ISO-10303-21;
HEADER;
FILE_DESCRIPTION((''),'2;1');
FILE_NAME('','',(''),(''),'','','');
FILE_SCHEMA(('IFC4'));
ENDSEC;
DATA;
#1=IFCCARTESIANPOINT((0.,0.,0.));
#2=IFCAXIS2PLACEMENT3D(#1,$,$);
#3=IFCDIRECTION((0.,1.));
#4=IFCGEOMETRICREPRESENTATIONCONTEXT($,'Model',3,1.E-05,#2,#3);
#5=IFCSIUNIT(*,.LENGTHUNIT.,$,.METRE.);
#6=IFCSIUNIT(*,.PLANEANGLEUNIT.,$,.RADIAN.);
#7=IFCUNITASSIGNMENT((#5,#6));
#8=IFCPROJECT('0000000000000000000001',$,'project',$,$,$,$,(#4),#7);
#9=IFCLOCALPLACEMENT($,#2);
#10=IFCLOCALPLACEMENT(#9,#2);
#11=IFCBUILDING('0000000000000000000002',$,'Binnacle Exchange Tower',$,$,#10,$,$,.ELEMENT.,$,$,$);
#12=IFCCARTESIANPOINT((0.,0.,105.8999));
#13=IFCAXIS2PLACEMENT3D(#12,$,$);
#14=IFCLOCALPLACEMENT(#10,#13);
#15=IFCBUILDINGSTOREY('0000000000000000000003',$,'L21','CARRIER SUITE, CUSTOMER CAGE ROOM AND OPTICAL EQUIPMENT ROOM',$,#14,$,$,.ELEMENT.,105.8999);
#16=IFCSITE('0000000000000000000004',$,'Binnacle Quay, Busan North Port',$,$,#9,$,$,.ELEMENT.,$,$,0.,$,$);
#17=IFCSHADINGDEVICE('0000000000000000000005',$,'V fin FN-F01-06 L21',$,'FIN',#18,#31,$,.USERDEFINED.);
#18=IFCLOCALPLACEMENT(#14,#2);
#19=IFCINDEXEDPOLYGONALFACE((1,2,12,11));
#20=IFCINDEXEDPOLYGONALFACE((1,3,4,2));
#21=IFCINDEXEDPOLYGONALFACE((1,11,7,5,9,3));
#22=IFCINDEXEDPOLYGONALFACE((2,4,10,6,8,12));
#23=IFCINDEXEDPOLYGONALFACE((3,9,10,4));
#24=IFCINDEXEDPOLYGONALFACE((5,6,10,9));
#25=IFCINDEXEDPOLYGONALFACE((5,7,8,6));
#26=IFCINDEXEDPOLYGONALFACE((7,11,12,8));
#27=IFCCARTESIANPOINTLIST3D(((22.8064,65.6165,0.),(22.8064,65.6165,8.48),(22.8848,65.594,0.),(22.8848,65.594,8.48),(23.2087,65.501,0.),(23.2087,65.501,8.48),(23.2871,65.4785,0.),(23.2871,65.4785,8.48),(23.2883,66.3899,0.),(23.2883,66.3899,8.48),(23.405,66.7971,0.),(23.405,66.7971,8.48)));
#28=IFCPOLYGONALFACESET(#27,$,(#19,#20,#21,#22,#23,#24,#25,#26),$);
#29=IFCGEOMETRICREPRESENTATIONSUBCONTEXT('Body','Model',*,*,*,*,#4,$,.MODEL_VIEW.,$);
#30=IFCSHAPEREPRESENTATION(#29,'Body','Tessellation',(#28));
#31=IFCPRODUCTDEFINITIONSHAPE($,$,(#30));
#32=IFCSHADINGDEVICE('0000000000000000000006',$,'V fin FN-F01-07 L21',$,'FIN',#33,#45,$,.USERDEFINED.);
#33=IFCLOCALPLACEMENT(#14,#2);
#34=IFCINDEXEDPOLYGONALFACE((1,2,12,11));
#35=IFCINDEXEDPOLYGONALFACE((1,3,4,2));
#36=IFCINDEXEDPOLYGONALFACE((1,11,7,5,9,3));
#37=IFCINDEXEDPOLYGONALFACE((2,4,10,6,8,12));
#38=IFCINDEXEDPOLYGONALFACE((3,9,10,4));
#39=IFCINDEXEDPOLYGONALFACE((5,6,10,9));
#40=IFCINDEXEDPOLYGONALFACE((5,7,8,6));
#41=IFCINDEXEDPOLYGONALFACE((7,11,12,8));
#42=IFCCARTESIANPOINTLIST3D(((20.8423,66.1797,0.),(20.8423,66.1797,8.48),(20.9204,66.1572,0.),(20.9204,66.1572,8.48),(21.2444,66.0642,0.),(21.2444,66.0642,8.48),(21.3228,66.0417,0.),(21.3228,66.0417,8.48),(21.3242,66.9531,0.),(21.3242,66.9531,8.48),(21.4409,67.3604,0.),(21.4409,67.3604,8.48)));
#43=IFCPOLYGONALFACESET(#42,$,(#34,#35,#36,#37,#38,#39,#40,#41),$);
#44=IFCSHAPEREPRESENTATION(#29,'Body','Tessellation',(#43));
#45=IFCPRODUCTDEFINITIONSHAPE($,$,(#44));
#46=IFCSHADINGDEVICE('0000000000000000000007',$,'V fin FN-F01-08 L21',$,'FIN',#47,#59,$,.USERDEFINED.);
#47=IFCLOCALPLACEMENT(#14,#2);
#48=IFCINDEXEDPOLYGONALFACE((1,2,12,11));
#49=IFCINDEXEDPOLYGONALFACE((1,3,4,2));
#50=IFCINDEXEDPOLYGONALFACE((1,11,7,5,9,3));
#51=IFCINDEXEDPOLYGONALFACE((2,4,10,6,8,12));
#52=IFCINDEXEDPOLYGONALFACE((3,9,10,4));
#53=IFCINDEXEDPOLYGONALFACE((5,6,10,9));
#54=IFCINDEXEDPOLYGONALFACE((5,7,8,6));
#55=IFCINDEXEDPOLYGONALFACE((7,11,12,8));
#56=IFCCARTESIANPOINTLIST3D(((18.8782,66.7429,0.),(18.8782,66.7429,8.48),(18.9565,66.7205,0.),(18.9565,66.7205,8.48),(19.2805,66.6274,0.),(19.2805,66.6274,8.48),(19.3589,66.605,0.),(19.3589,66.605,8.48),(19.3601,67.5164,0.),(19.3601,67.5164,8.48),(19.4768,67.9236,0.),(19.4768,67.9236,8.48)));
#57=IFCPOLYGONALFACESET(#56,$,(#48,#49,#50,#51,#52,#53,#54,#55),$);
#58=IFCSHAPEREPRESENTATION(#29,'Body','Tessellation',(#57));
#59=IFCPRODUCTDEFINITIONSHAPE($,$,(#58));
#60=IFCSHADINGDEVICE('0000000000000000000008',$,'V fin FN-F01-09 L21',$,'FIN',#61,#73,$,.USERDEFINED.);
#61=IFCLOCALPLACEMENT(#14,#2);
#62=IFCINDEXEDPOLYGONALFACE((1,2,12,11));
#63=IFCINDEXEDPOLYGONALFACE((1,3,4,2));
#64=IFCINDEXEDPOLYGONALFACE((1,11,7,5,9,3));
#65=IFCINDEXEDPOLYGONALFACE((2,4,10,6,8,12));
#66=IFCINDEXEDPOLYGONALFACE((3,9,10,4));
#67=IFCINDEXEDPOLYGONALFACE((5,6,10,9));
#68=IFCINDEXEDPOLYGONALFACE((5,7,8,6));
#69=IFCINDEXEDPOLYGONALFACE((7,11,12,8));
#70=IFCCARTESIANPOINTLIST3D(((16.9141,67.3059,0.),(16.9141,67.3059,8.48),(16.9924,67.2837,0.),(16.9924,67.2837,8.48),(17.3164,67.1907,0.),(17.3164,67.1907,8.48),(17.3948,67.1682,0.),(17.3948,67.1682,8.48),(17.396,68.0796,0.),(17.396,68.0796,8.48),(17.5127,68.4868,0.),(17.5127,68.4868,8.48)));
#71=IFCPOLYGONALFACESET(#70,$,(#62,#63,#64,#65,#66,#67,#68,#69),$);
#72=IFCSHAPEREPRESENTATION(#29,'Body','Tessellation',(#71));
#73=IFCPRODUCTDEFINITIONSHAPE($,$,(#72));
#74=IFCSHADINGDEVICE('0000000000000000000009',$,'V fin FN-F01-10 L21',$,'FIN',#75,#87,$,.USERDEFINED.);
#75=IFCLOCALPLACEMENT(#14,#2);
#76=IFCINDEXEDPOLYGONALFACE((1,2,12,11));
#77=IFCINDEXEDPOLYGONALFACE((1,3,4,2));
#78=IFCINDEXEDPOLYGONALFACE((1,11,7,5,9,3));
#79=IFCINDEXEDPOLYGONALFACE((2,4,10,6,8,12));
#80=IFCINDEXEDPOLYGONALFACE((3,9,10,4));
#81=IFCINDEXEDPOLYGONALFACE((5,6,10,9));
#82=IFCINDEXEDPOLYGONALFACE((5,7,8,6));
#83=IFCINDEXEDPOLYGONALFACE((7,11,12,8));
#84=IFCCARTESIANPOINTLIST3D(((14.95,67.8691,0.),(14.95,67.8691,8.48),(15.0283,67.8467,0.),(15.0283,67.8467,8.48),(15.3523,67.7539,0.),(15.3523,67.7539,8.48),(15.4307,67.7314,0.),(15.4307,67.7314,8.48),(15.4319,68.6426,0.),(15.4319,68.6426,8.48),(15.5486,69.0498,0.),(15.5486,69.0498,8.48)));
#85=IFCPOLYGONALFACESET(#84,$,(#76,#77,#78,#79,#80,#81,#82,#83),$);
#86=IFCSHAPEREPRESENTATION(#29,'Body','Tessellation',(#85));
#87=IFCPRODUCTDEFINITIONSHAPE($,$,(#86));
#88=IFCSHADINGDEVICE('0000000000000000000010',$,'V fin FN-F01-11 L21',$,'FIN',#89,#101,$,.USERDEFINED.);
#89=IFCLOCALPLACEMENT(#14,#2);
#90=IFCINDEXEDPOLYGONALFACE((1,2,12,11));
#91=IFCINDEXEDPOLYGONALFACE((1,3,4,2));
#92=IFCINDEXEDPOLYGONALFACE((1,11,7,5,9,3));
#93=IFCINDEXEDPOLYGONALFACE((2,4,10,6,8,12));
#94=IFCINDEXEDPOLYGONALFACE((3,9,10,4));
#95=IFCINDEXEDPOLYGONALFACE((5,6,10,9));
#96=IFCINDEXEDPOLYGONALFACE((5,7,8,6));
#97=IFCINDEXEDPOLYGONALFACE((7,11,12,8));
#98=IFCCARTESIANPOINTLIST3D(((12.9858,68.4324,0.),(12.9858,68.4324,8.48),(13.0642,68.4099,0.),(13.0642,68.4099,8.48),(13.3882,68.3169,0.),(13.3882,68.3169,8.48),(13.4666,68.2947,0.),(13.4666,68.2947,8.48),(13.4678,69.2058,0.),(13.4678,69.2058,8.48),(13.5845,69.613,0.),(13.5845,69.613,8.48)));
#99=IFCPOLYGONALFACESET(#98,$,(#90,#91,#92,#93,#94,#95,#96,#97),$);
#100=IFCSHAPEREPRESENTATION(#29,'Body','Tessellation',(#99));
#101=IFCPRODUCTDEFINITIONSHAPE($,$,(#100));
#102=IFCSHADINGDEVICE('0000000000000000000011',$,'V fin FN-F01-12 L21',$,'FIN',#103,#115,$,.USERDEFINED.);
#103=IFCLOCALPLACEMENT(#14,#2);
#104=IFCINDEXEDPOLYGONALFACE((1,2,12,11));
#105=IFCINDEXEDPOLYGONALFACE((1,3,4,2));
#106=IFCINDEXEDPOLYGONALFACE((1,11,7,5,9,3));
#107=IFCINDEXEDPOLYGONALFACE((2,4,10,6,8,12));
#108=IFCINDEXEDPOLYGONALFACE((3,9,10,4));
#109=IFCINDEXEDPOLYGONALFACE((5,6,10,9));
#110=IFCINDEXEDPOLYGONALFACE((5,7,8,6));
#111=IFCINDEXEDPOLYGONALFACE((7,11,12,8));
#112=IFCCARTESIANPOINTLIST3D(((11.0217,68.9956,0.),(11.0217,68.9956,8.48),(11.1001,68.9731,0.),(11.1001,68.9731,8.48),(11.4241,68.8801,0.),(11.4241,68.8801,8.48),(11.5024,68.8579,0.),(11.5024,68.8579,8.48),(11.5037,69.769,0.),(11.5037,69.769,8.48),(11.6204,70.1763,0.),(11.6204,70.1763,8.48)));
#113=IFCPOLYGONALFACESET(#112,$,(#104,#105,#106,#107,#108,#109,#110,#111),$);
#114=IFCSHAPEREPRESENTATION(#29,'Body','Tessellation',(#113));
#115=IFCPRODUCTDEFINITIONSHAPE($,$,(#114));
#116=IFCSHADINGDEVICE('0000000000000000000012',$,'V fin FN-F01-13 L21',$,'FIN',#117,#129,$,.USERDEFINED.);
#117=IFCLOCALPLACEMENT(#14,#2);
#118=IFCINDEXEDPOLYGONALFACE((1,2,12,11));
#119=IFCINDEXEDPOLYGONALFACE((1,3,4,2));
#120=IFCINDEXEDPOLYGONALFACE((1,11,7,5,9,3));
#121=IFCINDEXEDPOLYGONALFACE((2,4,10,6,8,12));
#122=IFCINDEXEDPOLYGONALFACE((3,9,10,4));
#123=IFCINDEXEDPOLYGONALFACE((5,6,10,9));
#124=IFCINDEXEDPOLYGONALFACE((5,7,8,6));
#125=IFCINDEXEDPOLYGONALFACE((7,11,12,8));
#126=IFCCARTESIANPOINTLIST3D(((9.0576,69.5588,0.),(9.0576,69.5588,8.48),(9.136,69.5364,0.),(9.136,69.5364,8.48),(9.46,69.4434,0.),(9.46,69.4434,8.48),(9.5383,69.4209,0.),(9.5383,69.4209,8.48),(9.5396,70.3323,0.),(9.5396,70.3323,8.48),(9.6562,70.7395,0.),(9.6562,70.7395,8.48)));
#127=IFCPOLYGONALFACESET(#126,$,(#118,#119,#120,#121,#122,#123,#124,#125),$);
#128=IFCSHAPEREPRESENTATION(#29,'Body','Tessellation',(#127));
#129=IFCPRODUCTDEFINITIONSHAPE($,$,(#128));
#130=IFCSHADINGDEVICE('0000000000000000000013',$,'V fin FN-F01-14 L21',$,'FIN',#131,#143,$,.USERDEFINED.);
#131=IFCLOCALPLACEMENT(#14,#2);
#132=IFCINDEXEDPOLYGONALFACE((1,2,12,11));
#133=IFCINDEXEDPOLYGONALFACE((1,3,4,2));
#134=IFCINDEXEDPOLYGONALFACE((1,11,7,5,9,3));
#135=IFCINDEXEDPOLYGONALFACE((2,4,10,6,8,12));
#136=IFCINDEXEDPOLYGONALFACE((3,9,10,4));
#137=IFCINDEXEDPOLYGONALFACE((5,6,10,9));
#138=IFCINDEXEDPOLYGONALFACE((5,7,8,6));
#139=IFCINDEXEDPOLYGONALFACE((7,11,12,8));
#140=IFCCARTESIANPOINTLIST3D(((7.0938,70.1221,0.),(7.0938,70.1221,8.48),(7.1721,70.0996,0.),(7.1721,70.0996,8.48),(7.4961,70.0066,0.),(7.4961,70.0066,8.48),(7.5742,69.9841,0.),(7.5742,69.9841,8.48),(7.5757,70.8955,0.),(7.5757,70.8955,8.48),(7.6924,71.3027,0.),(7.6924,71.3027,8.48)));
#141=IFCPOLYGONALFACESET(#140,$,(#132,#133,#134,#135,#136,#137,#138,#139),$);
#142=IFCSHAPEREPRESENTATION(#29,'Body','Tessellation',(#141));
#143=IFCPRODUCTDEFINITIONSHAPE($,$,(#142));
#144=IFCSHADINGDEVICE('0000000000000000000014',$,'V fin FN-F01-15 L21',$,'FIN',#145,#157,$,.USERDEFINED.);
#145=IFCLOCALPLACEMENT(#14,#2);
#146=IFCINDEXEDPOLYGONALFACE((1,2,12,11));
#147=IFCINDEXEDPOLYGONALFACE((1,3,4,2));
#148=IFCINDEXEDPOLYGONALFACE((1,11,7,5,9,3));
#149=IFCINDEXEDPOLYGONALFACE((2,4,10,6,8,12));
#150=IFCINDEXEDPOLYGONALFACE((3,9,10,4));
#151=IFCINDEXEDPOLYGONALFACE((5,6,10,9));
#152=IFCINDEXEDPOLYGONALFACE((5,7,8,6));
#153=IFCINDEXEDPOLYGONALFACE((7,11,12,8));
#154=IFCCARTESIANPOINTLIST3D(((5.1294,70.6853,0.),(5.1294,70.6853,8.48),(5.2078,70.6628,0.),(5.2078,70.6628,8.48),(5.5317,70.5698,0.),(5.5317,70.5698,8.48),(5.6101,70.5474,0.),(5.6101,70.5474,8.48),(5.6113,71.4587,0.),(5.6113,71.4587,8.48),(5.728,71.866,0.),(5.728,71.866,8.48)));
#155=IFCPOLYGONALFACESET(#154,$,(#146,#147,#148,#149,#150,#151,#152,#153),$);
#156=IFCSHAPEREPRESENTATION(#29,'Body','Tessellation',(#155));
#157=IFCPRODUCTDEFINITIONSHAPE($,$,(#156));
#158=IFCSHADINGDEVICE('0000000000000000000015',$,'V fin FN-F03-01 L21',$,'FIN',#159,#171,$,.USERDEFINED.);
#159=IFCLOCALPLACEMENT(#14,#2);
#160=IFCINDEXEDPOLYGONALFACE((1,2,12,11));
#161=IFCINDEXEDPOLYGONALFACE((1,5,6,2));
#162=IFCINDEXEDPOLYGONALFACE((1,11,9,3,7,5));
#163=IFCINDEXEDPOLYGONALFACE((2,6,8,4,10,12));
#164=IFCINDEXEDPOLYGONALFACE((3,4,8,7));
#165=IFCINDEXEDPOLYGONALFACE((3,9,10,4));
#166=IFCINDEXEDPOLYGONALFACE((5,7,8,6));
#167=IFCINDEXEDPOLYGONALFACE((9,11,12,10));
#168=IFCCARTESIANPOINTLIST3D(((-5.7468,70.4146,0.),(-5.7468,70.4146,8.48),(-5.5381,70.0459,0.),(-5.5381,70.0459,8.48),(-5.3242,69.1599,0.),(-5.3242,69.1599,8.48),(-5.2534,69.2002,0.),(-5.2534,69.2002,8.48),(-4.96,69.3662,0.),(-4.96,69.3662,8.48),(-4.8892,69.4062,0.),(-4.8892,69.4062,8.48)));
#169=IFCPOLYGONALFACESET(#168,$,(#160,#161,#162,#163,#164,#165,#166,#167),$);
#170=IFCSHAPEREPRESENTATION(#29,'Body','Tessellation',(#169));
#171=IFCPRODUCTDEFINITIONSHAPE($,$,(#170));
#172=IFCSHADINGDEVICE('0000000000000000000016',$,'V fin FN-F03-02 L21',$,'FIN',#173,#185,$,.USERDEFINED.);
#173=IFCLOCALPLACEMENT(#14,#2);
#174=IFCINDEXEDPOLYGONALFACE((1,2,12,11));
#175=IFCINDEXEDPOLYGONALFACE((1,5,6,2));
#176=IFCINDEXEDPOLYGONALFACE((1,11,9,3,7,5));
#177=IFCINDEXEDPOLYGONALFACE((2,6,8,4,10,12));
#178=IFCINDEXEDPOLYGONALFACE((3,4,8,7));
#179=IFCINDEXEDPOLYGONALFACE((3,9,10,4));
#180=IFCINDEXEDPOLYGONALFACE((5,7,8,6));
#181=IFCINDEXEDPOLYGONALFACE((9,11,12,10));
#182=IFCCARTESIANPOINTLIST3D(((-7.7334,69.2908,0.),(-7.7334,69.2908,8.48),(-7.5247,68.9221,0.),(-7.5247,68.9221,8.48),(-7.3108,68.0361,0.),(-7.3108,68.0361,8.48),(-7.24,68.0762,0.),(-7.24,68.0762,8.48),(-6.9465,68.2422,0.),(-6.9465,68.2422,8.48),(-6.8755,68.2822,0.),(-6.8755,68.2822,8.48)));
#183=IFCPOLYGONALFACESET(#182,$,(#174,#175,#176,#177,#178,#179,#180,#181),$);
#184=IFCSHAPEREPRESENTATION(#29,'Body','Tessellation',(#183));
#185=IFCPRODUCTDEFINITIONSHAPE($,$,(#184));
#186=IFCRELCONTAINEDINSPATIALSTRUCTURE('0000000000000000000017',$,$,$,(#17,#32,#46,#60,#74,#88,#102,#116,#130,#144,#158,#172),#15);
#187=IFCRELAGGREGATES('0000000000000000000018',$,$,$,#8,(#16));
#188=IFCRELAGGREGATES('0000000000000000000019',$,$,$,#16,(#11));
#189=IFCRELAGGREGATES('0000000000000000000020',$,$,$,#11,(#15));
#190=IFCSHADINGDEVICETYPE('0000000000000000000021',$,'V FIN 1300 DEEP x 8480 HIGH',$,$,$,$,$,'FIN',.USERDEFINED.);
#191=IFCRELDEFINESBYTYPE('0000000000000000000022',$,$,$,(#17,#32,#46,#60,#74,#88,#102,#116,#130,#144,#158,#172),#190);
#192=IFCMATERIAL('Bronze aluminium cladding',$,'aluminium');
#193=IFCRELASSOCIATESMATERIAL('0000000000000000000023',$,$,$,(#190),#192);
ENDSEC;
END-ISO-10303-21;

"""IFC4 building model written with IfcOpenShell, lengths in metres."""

from ifc_helpers import new_model, si_unit, direction, frame, origin, place, context, subcontext, project, spatial, polyline, outline, extrude, material, type_object, element, save


model = new_model("IFC4")

# Units and contexts
model_context = context("Model", 3, precision=1e-05, world=origin(), true_north=direction((0.0, 1.0)))
body_context = subcontext(model_context, "Body", "Model", "MODEL_VIEW")
ifc_project = project(units=[si_unit("LENGTHUNIT", "METRE"), si_unit("PLANEANGLEUNIT", "RADIAN")], contexts=[model_context])

# Site, building, storey
site_placement = place(None, origin())
site = spatial("IfcSite", under=ifc_project, at=site_placement, Name="Binnacle Quay, Busan North Port", CompositionType="ELEMENT", RefElevation=0.0)
building_placement = place(site_placement, origin())
building = spatial("IfcBuilding", under=site, at=building_placement, Name="Binnacle Exchange Tower", CompositionType="ELEMENT")
storey_placement = place(building_placement, frame((0.0, 0.0, 105.8999)))
storey = spatial("IfcBuildingStorey", under=building, at=storey_placement, Name="L21", Description="CARRIER SUITE, CUSTOMER CAGE ROOM AND OPTICAL EQUIPMENT ROOM", CompositionType="ELEMENT", Elevation=105.8999)

# Shading devices
ifc_material_1 = material(Name="Bronze aluminium cladding", Category="aluminium")
shading_device_type = type_object("IfcShadingDeviceType", Name="V FIN 1300 DEEP x 8480 HIGH", ElementType="FIN", PredefinedType="USERDEFINED", material=ifc_material_1)
shading_device_1_placement = place(storey_placement, origin())
element("IfcShadingDevice", 1, at=shading_device_1_placement, inside=storey, type_object=shading_device_type, Name="V fin FN-F01-06 L21", ObjectType="FIN", PredefinedType="USERDEFINED", context=body_context, shape_type="SweptSolid", body=[
    extrude(outline(polyline([(23.2871, 65.4785), (23.405, 66.7971), (22.8064, 65.6165), (22.8848, 65.594), (23.2883, 66.3899), (23.2087, 65.501), (23.2871, 65.4785)])), origin(), (0.0, 0.0, 1.0), 8.48),
])
shading_device_2_placement = place(storey_placement, origin())
element("IfcShadingDevice", 2, at=shading_device_2_placement, inside=storey, type_object=shading_device_type, Name="V fin FN-F01-07 L21", ObjectType="FIN", PredefinedType="USERDEFINED", context=body_context, shape_type="SweptSolid", body=[
    extrude(outline(polyline([(21.3228, 66.0417), (21.4409, 67.3604), (20.8423, 66.1797), (20.9204, 66.1572), (21.3242, 66.9531), (21.2444, 66.0642), (21.3228, 66.0417)])), origin(), (0.0, 0.0, 1.0), 8.48),
])
shading_device_3_placement = place(storey_placement, origin())
element("IfcShadingDevice", 3, at=shading_device_3_placement, inside=storey, type_object=shading_device_type, Name="V fin FN-F01-08 L21", ObjectType="FIN", PredefinedType="USERDEFINED", context=body_context, shape_type="SweptSolid", body=[
    extrude(outline(polyline([(19.3589, 66.605), (19.4768, 67.9236), (18.8782, 66.7429), (18.9565, 66.7205), (19.3601, 67.5164), (19.2805, 66.6274), (19.3589, 66.605)])), origin(), (0.0, 0.0, 1.0), 8.48),
])
shading_device_4_placement = place(storey_placement, origin())
element("IfcShadingDevice", 4, at=shading_device_4_placement, inside=storey, type_object=shading_device_type, Name="V fin FN-F01-09 L21", ObjectType="FIN", PredefinedType="USERDEFINED", context=body_context, shape_type="SweptSolid", body=[
    extrude(outline(polyline([(17.3948, 67.1682), (17.5127, 68.4868), (16.9141, 67.3059), (16.9924, 67.2837), (17.396, 68.0796), (17.3164, 67.1907), (17.3948, 67.1682)])), origin(), (0.0, 0.0, 1.0), 8.48),
])
shading_device_5_placement = place(storey_placement, origin())
element("IfcShadingDevice", 5, at=shading_device_5_placement, inside=storey, type_object=shading_device_type, Name="V fin FN-F01-10 L21", ObjectType="FIN", PredefinedType="USERDEFINED", context=body_context, shape_type="SweptSolid", body=[
    extrude(outline(polyline([(15.4307, 67.7314), (15.5486, 69.0498), (14.95, 67.8691), (15.0283, 67.8467), (15.4319, 68.6426), (15.3523, 67.7539), (15.4307, 67.7314)])), origin(), (0.0, 0.0, 1.0), 8.48),
])
shading_device_6_placement = place(storey_placement, origin())
element("IfcShadingDevice", 6, at=shading_device_6_placement, inside=storey, type_object=shading_device_type, Name="V fin FN-F01-11 L21", ObjectType="FIN", PredefinedType="USERDEFINED", context=body_context, shape_type="SweptSolid", body=[
    extrude(outline(polyline([(13.4666, 68.2947), (13.5845, 69.613), (12.9858, 68.4324), (13.0642, 68.4099), (13.4678, 69.2058), (13.3882, 68.3169), (13.4666, 68.2947)])), origin(), (0.0, 0.0, 1.0), 8.48),
])
shading_device_7_placement = place(storey_placement, origin())
element("IfcShadingDevice", 7, at=shading_device_7_placement, inside=storey, type_object=shading_device_type, Name="V fin FN-F01-12 L21", ObjectType="FIN", PredefinedType="USERDEFINED", context=body_context, shape_type="SweptSolid", body=[
    extrude(outline(polyline([(11.5024, 68.8579), (11.6204, 70.1763), (11.0217, 68.9956), (11.1001, 68.9731), (11.5037, 69.769), (11.4241, 68.8801), (11.5024, 68.8579)])), origin(), (0.0, 0.0, 1.0), 8.48),
])
shading_device_8_placement = place(storey_placement, origin())
element("IfcShadingDevice", 8, at=shading_device_8_placement, inside=storey, type_object=shading_device_type, Name="V fin FN-F01-13 L21", ObjectType="FIN", PredefinedType="USERDEFINED", context=body_context, shape_type="SweptSolid", body=[
    extrude(outline(polyline([(9.5383, 69.4209), (9.6562, 70.7395), (9.0576, 69.5588), (9.136, 69.5364), (9.5396, 70.3323), (9.46, 69.4434), (9.5383, 69.4209)])), origin(), (0.0, 0.0, 1.0), 8.48),
])
shading_device_9_placement = place(storey_placement, origin())
element("IfcShadingDevice", 9, at=shading_device_9_placement, inside=storey, type_object=shading_device_type, Name="V fin FN-F01-14 L21", ObjectType="FIN", PredefinedType="USERDEFINED", context=body_context, shape_type="SweptSolid", body=[
    extrude(outline(polyline([(7.5742, 69.9841), (7.6924, 71.3027), (7.0938, 70.1221), (7.1721, 70.0996), (7.5757, 70.8955), (7.4961, 70.0066), (7.5742, 69.9841)])), origin(), (0.0, 0.0, 1.0), 8.48),
])
shading_device_10_placement = place(storey_placement, origin())
element("IfcShadingDevice", 10, at=shading_device_10_placement, inside=storey, type_object=shading_device_type, Name="V fin FN-F01-15 L21", ObjectType="FIN", PredefinedType="USERDEFINED", context=body_context, shape_type="SweptSolid", body=[
    extrude(outline(polyline([(5.6101, 70.5474), (5.728, 71.866), (5.1294, 70.6853), (5.2078, 70.6628), (5.6113, 71.4587), (5.5317, 70.5698), (5.6101, 70.5474)])), origin(), (0.0, 0.0, 1.0), 8.48),
])
shading_device_11_placement = place(storey_placement, origin())
element("IfcShadingDevice", 11, at=shading_device_11_placement, inside=storey, type_object=shading_device_type, Name="V fin FN-F03-01 L21", ObjectType="FIN", PredefinedType="USERDEFINED", context=body_context, shape_type="SweptSolid", body=[
    extrude(outline(polyline([(-4.8892, 69.4062), (-5.7468, 70.4146), (-5.3242, 69.1599), (-5.2534, 69.2002), (-5.5381, 70.0459), (-4.96, 69.3662), (-4.8892, 69.4062)])), origin(), (0.0, 0.0, 1.0), 8.48),
])
shading_device_12_placement = place(storey_placement, origin())
element("IfcShadingDevice", 12, at=shading_device_12_placement, inside=storey, type_object=shading_device_type, Name="V fin FN-F03-02 L21", ObjectType="FIN", PredefinedType="USERDEFINED", context=body_context, shape_type="SweptSolid", body=[
    extrude(outline(polyline([(-6.8755, 68.2822), (-7.7334, 69.2908), (-7.3108, 68.0361), (-7.24, 68.0762), (-7.5247, 68.9221), (-6.9465, 68.2422), (-6.8755, 68.2822)])), origin(), (0.0, 0.0, 1.0), 8.48),
])

save(model, "model.ifc")
